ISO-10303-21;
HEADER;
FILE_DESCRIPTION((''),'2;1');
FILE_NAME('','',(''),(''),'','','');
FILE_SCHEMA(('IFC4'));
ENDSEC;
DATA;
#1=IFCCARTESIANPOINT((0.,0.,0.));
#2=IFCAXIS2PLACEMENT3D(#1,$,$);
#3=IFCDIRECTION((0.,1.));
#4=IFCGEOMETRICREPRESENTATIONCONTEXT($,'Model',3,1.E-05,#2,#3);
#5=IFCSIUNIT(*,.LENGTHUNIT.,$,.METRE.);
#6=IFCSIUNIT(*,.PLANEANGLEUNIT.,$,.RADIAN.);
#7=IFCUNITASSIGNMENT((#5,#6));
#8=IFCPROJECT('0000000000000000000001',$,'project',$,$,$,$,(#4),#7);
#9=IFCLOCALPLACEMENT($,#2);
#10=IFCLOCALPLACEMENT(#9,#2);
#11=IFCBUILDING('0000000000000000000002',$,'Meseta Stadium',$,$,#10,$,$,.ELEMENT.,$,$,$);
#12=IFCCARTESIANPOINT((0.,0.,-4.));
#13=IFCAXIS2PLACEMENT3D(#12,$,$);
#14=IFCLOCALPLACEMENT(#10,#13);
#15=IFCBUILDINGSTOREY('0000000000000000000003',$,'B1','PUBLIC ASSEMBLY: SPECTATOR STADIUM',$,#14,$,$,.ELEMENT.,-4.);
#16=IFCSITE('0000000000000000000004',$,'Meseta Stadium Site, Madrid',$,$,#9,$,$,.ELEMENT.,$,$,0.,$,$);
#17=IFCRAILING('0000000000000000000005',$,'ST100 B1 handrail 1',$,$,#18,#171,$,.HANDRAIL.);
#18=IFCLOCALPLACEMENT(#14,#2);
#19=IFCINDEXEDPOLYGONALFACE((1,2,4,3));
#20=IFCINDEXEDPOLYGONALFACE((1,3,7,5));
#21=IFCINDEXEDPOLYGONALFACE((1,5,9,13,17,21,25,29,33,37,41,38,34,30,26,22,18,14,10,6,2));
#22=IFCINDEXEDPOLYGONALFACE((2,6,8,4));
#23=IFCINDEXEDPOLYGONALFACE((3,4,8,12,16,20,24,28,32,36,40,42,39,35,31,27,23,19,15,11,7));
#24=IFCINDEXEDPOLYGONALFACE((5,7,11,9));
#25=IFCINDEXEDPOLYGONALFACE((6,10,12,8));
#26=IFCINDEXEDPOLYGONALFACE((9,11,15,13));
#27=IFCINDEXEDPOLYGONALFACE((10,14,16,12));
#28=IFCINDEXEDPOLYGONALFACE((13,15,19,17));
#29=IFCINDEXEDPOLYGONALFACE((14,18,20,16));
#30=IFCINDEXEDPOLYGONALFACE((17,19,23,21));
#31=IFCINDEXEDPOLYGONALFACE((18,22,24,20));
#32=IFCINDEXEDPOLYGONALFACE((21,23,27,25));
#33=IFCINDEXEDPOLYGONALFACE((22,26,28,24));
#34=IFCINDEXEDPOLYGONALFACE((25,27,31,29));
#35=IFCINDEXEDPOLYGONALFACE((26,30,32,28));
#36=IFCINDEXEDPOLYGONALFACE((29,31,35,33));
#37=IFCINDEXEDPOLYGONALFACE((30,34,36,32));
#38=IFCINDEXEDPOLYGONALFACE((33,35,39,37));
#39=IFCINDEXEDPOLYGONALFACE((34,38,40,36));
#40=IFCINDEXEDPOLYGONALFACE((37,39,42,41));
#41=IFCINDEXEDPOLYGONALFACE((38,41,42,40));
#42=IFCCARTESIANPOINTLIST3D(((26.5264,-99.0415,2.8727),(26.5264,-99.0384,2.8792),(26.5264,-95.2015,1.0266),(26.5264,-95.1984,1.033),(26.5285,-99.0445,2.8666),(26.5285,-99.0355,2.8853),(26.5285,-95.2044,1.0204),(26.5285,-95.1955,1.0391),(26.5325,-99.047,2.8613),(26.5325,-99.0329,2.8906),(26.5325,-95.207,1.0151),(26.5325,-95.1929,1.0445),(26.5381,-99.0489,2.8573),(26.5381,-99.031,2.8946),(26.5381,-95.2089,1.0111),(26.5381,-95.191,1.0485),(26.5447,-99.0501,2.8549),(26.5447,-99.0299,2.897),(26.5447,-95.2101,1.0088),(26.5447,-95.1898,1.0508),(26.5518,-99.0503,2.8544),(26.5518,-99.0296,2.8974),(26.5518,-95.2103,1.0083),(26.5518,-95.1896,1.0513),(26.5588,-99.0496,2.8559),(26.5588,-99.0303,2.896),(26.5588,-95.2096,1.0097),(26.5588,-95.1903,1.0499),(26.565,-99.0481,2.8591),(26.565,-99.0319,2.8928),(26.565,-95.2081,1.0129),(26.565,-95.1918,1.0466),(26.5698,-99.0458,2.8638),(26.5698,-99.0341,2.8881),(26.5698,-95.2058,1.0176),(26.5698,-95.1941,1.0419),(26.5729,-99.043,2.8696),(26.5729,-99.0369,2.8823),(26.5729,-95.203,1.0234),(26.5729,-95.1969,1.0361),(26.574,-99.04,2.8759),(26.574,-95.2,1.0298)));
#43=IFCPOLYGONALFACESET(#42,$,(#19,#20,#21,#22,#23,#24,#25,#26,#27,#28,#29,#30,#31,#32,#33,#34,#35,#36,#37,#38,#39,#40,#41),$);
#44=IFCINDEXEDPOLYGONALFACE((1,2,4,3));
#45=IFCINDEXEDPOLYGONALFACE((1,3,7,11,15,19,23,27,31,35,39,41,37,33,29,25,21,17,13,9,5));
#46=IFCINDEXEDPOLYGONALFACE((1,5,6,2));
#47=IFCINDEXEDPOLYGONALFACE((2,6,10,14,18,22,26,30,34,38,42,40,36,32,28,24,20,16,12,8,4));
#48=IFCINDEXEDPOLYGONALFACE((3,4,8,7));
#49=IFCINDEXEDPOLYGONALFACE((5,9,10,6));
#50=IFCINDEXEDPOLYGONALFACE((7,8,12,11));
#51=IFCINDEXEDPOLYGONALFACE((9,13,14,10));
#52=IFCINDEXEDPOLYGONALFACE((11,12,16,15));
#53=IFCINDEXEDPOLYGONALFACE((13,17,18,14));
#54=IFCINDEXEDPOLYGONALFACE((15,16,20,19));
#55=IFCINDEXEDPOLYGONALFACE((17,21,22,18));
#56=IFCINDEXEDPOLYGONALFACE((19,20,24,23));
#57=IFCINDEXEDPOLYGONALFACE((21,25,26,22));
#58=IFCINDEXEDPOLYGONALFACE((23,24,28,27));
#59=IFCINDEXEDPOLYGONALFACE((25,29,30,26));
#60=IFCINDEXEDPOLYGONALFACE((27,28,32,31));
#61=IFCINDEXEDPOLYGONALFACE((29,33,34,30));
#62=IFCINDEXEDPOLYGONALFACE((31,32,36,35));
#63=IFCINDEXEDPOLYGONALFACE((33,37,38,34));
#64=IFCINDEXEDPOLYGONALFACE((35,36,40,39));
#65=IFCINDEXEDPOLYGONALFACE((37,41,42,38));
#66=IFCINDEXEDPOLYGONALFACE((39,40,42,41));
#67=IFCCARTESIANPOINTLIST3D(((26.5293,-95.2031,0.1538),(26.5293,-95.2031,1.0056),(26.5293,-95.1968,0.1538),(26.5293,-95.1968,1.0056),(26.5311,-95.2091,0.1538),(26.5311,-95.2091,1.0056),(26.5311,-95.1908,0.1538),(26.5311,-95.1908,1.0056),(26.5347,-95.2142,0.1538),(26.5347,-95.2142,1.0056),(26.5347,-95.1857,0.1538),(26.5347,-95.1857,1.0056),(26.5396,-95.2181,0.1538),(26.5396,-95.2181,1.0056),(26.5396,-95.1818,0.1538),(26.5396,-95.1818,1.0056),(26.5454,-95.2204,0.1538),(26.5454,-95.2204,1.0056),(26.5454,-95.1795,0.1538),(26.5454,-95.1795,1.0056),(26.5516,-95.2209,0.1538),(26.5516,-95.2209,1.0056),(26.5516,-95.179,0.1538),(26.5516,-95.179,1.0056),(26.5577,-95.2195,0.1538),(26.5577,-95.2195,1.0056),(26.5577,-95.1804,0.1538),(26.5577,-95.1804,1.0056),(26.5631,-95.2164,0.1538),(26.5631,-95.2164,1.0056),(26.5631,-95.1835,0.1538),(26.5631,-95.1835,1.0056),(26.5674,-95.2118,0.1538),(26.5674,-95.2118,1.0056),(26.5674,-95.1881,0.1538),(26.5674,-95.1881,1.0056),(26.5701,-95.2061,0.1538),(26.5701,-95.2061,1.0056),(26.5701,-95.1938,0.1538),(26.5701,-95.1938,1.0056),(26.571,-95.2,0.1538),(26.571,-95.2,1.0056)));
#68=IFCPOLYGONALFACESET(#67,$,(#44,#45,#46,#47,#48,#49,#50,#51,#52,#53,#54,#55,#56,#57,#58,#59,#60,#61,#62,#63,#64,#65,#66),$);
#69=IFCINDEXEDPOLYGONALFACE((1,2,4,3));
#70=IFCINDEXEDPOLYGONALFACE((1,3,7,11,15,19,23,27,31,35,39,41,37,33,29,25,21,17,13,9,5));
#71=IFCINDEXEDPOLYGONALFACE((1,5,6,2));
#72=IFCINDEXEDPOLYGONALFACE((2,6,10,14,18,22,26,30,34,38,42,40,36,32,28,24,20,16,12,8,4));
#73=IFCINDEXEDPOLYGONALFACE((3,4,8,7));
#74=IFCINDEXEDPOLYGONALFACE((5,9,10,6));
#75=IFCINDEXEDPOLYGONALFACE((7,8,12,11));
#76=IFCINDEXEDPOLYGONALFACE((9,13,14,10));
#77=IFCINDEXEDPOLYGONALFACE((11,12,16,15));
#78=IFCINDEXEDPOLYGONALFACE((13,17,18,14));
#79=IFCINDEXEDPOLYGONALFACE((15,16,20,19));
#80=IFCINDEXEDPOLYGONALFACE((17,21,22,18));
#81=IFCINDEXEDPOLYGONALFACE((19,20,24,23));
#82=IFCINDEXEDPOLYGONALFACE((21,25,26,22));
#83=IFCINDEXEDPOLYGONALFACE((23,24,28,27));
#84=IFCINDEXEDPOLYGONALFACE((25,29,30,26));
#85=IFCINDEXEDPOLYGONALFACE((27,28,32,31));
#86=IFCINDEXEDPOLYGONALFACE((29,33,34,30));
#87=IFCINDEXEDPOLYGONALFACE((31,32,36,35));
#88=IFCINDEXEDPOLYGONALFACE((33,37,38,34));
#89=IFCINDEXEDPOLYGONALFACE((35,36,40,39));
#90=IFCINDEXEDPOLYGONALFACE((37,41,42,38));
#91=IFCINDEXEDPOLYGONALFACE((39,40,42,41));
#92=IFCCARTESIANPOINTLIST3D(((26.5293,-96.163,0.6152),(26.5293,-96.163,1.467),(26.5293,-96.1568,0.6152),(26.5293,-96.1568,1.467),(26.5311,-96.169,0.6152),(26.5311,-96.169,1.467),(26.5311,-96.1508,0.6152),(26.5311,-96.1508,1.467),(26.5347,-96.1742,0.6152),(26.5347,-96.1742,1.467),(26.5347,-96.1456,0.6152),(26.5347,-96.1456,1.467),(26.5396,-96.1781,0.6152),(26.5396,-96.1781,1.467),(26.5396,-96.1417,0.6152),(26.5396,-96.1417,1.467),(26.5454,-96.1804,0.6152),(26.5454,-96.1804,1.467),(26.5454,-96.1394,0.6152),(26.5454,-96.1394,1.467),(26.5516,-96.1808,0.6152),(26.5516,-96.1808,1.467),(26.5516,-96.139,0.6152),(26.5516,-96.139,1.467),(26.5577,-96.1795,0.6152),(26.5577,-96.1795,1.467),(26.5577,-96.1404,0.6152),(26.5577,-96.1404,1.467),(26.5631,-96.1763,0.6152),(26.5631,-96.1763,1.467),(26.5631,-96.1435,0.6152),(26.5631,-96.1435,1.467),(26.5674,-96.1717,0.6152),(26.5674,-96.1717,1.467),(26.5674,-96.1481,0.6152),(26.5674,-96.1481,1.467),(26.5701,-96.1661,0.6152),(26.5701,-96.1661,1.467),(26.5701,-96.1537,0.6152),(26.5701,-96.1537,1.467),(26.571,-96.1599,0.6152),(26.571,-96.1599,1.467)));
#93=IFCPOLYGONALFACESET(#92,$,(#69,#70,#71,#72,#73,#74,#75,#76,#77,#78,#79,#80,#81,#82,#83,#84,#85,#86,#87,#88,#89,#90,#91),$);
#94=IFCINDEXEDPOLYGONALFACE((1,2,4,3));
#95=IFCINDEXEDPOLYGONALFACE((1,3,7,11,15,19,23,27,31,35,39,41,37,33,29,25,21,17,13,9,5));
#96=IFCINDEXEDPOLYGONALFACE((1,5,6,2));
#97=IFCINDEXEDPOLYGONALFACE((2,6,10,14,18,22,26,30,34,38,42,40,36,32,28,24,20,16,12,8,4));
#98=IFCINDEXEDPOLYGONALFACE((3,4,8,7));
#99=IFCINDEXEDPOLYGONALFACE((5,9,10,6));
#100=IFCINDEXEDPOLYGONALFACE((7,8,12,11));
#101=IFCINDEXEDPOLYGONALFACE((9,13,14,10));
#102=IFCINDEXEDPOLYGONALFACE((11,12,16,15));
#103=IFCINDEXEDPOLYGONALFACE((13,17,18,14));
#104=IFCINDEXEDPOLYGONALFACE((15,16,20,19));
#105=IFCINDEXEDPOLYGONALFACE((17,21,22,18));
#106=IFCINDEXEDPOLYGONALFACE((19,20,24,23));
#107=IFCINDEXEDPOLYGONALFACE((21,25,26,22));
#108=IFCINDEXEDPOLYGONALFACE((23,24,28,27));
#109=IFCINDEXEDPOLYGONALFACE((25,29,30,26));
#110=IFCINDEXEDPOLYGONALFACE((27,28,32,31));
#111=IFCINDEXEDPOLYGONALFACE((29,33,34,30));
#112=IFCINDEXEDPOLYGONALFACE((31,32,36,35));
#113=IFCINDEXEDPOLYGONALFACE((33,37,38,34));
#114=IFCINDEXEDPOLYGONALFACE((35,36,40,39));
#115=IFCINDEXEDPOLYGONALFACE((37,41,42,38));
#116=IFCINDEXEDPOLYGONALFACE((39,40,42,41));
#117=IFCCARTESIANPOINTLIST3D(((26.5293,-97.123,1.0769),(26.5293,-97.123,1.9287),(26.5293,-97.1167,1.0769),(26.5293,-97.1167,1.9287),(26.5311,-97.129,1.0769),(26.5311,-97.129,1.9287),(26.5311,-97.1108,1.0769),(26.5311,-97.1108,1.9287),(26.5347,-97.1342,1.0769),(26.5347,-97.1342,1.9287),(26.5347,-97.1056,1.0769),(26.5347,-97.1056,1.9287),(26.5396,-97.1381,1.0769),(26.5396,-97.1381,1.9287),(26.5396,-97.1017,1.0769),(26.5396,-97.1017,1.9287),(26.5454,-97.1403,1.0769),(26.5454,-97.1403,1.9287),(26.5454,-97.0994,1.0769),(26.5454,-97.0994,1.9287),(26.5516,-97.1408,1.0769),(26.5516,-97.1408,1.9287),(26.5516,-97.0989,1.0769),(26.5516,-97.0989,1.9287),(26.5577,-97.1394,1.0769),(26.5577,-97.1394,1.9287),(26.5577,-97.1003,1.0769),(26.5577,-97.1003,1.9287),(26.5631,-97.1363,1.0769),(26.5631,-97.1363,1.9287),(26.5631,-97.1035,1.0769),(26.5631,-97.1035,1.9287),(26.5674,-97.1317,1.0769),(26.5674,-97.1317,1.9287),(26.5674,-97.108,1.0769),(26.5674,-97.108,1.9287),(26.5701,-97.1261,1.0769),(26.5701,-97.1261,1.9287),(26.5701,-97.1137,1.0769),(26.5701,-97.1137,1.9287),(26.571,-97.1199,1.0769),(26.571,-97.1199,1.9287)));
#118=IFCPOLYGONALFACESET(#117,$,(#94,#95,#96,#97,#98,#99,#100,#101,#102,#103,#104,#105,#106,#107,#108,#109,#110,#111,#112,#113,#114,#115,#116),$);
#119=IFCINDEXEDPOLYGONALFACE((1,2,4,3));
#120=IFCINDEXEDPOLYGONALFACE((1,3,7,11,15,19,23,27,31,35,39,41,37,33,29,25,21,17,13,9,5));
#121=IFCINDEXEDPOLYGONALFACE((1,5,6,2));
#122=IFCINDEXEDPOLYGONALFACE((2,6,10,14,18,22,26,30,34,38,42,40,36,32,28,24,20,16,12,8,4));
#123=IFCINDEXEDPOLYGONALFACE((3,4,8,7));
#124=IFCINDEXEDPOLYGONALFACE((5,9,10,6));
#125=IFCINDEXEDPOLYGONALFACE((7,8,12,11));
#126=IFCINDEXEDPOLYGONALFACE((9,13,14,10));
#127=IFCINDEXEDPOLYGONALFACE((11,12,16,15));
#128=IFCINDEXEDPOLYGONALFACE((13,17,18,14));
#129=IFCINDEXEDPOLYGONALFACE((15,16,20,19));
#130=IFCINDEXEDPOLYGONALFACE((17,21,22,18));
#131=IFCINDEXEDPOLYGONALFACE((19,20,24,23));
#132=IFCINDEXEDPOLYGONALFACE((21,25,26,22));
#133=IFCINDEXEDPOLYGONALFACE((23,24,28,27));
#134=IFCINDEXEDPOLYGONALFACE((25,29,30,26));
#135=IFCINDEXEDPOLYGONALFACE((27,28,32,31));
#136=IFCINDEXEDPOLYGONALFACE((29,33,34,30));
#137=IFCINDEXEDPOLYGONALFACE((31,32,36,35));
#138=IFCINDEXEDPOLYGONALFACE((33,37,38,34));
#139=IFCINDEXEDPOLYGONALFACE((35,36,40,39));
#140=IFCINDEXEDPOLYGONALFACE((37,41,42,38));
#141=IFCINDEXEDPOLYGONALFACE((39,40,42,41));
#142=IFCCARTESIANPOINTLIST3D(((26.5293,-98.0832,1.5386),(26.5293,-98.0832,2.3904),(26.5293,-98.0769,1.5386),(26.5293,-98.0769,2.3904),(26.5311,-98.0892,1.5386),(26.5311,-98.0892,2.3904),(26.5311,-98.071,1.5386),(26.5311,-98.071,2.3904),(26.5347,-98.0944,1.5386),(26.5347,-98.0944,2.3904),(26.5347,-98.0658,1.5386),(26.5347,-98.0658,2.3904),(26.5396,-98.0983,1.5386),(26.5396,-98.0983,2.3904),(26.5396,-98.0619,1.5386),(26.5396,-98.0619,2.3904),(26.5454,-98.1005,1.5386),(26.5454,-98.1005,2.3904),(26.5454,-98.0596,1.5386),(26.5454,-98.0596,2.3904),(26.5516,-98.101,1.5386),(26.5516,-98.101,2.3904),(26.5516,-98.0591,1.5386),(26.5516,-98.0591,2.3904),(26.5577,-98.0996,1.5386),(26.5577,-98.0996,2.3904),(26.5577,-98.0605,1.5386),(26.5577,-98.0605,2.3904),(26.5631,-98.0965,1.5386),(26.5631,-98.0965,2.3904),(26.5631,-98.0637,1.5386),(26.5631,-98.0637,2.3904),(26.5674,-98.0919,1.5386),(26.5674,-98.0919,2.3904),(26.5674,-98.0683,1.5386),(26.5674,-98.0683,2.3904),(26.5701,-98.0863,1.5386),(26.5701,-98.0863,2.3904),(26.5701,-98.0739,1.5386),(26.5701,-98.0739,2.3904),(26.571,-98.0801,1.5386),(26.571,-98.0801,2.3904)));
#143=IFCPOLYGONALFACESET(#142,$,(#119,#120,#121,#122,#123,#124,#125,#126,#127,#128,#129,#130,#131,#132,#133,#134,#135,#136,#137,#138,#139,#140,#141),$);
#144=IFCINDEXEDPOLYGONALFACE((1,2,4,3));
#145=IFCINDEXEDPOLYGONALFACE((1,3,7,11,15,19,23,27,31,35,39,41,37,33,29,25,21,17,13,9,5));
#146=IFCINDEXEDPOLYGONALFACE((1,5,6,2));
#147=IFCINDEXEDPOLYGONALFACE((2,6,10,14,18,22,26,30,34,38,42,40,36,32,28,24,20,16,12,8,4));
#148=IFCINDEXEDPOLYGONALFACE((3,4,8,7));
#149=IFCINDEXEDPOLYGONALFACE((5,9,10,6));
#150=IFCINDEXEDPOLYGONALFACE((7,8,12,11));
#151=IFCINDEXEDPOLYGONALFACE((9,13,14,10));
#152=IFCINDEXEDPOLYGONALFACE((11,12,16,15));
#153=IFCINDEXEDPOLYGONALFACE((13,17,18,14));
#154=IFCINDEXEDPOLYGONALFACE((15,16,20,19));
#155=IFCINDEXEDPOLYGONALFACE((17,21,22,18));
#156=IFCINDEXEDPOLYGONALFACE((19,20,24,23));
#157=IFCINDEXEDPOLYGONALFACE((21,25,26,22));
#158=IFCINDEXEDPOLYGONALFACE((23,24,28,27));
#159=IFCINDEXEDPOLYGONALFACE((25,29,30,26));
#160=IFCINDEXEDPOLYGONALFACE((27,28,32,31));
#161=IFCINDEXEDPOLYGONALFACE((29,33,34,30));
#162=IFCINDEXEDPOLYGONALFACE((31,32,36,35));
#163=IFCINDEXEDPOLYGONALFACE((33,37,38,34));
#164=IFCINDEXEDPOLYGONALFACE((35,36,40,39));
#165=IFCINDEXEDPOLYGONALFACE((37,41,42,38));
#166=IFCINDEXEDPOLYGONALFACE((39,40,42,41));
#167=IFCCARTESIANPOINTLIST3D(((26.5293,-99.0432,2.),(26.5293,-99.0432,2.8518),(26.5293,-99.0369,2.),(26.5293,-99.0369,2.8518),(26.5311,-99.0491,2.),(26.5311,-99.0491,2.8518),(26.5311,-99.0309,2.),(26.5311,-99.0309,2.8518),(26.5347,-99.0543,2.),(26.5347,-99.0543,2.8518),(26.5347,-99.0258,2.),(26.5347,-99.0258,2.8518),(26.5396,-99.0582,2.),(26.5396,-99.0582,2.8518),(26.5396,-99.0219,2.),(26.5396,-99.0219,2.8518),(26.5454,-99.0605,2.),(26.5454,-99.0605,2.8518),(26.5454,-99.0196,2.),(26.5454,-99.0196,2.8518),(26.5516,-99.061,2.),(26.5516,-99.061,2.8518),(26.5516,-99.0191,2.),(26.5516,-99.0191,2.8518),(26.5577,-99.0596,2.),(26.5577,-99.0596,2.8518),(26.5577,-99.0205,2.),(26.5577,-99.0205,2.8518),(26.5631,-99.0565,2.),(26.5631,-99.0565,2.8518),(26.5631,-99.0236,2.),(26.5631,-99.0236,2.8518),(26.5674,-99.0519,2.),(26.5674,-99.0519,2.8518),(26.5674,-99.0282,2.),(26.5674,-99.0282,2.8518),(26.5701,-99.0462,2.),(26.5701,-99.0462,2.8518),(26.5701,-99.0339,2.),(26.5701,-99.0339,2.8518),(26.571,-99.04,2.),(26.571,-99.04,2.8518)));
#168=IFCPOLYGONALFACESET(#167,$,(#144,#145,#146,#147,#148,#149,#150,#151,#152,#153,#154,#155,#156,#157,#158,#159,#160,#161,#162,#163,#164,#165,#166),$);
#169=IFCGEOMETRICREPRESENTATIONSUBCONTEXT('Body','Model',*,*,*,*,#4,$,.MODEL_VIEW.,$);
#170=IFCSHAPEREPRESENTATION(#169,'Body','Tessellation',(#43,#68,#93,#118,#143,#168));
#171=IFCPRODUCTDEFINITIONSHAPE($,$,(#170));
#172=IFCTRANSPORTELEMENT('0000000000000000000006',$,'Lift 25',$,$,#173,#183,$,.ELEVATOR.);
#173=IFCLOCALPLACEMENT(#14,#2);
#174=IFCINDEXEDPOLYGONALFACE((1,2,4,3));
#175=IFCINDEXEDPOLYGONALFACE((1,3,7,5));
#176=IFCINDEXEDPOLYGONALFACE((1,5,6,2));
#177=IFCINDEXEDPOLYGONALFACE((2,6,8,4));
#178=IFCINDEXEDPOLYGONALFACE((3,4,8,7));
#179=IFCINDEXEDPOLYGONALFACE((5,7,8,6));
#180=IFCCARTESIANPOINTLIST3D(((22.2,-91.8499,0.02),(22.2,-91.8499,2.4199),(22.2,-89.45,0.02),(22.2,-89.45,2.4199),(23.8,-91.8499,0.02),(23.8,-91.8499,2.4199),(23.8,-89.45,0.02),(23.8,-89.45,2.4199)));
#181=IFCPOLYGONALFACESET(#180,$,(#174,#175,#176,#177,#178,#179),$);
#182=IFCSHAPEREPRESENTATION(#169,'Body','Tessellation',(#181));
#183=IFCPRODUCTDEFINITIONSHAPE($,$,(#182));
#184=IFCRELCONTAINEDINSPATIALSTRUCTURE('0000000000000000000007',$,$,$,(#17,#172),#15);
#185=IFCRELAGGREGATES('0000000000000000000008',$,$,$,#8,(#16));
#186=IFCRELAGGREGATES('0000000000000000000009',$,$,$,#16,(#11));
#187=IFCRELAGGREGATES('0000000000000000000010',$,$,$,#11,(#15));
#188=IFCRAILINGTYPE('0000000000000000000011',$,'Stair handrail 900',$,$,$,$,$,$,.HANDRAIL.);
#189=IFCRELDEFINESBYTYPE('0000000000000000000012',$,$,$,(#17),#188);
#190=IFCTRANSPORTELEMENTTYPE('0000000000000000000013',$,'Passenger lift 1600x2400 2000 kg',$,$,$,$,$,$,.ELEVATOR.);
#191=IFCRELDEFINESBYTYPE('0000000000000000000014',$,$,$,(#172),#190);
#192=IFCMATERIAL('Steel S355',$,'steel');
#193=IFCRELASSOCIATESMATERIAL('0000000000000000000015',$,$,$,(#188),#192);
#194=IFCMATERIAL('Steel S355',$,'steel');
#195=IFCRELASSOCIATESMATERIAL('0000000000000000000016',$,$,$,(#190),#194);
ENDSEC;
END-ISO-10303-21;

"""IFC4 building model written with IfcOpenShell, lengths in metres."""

from ifc_helpers import new_model, si_unit, direction, frame, origin, origin_2d, place, context, subcontext, project, spatial, rectangle, circle, extrude, material, type_object, element, save


model = new_model("IFC4")

# Units and contexts
model_context = context("Model", 3, precision=1e-05, world=origin(), true_north=direction((0.0, 1.0)))
body_context = subcontext(model_context, "Body", "Model", "MODEL_VIEW")
ifc_project = project(units=[si_unit("LENGTHUNIT", "METRE"), si_unit("PLANEANGLEUNIT", "RADIAN")], contexts=[model_context])

# Site, building, storey
site_placement = place(None, origin())
site = spatial("IfcSite", under=ifc_project, at=site_placement, Name="Meseta Stadium Site, Madrid", CompositionType="ELEMENT", RefElevation=0.0)
building_placement = place(site_placement, origin())
building = spatial("IfcBuilding", under=site, at=building_placement, Name="Meseta Stadium", CompositionType="ELEMENT")
storey_placement = place(building_placement, frame((0.0, 0.0, -4.0)))
storey = spatial("IfcBuildingStorey", under=building, at=storey_placement, Name="B1", Description="PUBLIC ASSEMBLY: SPECTATOR STADIUM", CompositionType="ELEMENT", Elevation=-4.0)

# Railing
ifc_material_1 = material(Name="Steel S355", Category="steel")
railing_type_1 = type_object("IfcRailingType", Name="Stair handrail 900", PredefinedType="HANDRAIL", material=ifc_material_1)
railing_1_placement = place(storey_placement, frame((26.55, -95.2, 0.1538)))
element("IfcRailing", 1, at=railing_1_placement, inside=storey, type_object=railing_type_1, Name="ST100 B1 handrail 1", PredefinedType="HANDRAIL", context=body_context, shape_type="SweptSolid", body=[
    extrude(circle(Radius=0.0239, at=origin_2d()), frame((0.0, 0.0, 0.876), z_axis=(0.0, -0.901253, 0.433294), x_axis=(1.0, 0.0, 0.0)), (0.0, 0.0, 1.0), 4.2607),
    extrude(circle(Radius=0.021, at=origin_2d()), origin(), (0.0, 0.0, 1.0), 0.8518),
    extrude(circle(Radius=0.021, at=origin_2d()), frame((0.0, -0.96, 0.4614)), (0.0, 0.0, 1.0), 0.8518),
    extrude(circle(Radius=0.021, at=origin_2d()), frame((0.0, -1.9199, 0.9231)), (0.0, 0.0, 1.0), 0.8518),
    extrude(circle(Radius=0.021, at=origin_2d()), frame((0.0, -2.8801, 1.3848)), (0.0, 0.0, 1.0), 0.8518),
    extrude(circle(Radius=0.021, at=origin_2d()), frame((0.0, -3.8401, 1.8462)), (0.0, 0.0, 1.0), 0.8518),
])

# Transport element
ifc_material_2 = material(Name="Steel S355", Category="steel")
transport_element_type = type_object("IfcTransportElementType", Name="Passenger lift 1600x2400 2000 kg", PredefinedType="ELEVATOR", material=ifc_material_2)
transport_element_placement = place(storey_placement, frame((23.0, -90.6499, 0.02), z_axis=(0.0, 0.0, 1.0), x_axis=(0.0, 1.0, 0.0)))
element("IfcTransportElement", 2, at=transport_element_placement, inside=storey, type_object=transport_element_type, Name="Lift 25", PredefinedType="ELEVATOR", context=body_context, shape_type="SweptSolid", body=[
    extrude(rectangle(XDim=2.3999, YDim=1.6001, at=origin_2d()), origin(), (0.0, 0.0, 1.0), 2.3999),
])

save(model, "model.ifc")
